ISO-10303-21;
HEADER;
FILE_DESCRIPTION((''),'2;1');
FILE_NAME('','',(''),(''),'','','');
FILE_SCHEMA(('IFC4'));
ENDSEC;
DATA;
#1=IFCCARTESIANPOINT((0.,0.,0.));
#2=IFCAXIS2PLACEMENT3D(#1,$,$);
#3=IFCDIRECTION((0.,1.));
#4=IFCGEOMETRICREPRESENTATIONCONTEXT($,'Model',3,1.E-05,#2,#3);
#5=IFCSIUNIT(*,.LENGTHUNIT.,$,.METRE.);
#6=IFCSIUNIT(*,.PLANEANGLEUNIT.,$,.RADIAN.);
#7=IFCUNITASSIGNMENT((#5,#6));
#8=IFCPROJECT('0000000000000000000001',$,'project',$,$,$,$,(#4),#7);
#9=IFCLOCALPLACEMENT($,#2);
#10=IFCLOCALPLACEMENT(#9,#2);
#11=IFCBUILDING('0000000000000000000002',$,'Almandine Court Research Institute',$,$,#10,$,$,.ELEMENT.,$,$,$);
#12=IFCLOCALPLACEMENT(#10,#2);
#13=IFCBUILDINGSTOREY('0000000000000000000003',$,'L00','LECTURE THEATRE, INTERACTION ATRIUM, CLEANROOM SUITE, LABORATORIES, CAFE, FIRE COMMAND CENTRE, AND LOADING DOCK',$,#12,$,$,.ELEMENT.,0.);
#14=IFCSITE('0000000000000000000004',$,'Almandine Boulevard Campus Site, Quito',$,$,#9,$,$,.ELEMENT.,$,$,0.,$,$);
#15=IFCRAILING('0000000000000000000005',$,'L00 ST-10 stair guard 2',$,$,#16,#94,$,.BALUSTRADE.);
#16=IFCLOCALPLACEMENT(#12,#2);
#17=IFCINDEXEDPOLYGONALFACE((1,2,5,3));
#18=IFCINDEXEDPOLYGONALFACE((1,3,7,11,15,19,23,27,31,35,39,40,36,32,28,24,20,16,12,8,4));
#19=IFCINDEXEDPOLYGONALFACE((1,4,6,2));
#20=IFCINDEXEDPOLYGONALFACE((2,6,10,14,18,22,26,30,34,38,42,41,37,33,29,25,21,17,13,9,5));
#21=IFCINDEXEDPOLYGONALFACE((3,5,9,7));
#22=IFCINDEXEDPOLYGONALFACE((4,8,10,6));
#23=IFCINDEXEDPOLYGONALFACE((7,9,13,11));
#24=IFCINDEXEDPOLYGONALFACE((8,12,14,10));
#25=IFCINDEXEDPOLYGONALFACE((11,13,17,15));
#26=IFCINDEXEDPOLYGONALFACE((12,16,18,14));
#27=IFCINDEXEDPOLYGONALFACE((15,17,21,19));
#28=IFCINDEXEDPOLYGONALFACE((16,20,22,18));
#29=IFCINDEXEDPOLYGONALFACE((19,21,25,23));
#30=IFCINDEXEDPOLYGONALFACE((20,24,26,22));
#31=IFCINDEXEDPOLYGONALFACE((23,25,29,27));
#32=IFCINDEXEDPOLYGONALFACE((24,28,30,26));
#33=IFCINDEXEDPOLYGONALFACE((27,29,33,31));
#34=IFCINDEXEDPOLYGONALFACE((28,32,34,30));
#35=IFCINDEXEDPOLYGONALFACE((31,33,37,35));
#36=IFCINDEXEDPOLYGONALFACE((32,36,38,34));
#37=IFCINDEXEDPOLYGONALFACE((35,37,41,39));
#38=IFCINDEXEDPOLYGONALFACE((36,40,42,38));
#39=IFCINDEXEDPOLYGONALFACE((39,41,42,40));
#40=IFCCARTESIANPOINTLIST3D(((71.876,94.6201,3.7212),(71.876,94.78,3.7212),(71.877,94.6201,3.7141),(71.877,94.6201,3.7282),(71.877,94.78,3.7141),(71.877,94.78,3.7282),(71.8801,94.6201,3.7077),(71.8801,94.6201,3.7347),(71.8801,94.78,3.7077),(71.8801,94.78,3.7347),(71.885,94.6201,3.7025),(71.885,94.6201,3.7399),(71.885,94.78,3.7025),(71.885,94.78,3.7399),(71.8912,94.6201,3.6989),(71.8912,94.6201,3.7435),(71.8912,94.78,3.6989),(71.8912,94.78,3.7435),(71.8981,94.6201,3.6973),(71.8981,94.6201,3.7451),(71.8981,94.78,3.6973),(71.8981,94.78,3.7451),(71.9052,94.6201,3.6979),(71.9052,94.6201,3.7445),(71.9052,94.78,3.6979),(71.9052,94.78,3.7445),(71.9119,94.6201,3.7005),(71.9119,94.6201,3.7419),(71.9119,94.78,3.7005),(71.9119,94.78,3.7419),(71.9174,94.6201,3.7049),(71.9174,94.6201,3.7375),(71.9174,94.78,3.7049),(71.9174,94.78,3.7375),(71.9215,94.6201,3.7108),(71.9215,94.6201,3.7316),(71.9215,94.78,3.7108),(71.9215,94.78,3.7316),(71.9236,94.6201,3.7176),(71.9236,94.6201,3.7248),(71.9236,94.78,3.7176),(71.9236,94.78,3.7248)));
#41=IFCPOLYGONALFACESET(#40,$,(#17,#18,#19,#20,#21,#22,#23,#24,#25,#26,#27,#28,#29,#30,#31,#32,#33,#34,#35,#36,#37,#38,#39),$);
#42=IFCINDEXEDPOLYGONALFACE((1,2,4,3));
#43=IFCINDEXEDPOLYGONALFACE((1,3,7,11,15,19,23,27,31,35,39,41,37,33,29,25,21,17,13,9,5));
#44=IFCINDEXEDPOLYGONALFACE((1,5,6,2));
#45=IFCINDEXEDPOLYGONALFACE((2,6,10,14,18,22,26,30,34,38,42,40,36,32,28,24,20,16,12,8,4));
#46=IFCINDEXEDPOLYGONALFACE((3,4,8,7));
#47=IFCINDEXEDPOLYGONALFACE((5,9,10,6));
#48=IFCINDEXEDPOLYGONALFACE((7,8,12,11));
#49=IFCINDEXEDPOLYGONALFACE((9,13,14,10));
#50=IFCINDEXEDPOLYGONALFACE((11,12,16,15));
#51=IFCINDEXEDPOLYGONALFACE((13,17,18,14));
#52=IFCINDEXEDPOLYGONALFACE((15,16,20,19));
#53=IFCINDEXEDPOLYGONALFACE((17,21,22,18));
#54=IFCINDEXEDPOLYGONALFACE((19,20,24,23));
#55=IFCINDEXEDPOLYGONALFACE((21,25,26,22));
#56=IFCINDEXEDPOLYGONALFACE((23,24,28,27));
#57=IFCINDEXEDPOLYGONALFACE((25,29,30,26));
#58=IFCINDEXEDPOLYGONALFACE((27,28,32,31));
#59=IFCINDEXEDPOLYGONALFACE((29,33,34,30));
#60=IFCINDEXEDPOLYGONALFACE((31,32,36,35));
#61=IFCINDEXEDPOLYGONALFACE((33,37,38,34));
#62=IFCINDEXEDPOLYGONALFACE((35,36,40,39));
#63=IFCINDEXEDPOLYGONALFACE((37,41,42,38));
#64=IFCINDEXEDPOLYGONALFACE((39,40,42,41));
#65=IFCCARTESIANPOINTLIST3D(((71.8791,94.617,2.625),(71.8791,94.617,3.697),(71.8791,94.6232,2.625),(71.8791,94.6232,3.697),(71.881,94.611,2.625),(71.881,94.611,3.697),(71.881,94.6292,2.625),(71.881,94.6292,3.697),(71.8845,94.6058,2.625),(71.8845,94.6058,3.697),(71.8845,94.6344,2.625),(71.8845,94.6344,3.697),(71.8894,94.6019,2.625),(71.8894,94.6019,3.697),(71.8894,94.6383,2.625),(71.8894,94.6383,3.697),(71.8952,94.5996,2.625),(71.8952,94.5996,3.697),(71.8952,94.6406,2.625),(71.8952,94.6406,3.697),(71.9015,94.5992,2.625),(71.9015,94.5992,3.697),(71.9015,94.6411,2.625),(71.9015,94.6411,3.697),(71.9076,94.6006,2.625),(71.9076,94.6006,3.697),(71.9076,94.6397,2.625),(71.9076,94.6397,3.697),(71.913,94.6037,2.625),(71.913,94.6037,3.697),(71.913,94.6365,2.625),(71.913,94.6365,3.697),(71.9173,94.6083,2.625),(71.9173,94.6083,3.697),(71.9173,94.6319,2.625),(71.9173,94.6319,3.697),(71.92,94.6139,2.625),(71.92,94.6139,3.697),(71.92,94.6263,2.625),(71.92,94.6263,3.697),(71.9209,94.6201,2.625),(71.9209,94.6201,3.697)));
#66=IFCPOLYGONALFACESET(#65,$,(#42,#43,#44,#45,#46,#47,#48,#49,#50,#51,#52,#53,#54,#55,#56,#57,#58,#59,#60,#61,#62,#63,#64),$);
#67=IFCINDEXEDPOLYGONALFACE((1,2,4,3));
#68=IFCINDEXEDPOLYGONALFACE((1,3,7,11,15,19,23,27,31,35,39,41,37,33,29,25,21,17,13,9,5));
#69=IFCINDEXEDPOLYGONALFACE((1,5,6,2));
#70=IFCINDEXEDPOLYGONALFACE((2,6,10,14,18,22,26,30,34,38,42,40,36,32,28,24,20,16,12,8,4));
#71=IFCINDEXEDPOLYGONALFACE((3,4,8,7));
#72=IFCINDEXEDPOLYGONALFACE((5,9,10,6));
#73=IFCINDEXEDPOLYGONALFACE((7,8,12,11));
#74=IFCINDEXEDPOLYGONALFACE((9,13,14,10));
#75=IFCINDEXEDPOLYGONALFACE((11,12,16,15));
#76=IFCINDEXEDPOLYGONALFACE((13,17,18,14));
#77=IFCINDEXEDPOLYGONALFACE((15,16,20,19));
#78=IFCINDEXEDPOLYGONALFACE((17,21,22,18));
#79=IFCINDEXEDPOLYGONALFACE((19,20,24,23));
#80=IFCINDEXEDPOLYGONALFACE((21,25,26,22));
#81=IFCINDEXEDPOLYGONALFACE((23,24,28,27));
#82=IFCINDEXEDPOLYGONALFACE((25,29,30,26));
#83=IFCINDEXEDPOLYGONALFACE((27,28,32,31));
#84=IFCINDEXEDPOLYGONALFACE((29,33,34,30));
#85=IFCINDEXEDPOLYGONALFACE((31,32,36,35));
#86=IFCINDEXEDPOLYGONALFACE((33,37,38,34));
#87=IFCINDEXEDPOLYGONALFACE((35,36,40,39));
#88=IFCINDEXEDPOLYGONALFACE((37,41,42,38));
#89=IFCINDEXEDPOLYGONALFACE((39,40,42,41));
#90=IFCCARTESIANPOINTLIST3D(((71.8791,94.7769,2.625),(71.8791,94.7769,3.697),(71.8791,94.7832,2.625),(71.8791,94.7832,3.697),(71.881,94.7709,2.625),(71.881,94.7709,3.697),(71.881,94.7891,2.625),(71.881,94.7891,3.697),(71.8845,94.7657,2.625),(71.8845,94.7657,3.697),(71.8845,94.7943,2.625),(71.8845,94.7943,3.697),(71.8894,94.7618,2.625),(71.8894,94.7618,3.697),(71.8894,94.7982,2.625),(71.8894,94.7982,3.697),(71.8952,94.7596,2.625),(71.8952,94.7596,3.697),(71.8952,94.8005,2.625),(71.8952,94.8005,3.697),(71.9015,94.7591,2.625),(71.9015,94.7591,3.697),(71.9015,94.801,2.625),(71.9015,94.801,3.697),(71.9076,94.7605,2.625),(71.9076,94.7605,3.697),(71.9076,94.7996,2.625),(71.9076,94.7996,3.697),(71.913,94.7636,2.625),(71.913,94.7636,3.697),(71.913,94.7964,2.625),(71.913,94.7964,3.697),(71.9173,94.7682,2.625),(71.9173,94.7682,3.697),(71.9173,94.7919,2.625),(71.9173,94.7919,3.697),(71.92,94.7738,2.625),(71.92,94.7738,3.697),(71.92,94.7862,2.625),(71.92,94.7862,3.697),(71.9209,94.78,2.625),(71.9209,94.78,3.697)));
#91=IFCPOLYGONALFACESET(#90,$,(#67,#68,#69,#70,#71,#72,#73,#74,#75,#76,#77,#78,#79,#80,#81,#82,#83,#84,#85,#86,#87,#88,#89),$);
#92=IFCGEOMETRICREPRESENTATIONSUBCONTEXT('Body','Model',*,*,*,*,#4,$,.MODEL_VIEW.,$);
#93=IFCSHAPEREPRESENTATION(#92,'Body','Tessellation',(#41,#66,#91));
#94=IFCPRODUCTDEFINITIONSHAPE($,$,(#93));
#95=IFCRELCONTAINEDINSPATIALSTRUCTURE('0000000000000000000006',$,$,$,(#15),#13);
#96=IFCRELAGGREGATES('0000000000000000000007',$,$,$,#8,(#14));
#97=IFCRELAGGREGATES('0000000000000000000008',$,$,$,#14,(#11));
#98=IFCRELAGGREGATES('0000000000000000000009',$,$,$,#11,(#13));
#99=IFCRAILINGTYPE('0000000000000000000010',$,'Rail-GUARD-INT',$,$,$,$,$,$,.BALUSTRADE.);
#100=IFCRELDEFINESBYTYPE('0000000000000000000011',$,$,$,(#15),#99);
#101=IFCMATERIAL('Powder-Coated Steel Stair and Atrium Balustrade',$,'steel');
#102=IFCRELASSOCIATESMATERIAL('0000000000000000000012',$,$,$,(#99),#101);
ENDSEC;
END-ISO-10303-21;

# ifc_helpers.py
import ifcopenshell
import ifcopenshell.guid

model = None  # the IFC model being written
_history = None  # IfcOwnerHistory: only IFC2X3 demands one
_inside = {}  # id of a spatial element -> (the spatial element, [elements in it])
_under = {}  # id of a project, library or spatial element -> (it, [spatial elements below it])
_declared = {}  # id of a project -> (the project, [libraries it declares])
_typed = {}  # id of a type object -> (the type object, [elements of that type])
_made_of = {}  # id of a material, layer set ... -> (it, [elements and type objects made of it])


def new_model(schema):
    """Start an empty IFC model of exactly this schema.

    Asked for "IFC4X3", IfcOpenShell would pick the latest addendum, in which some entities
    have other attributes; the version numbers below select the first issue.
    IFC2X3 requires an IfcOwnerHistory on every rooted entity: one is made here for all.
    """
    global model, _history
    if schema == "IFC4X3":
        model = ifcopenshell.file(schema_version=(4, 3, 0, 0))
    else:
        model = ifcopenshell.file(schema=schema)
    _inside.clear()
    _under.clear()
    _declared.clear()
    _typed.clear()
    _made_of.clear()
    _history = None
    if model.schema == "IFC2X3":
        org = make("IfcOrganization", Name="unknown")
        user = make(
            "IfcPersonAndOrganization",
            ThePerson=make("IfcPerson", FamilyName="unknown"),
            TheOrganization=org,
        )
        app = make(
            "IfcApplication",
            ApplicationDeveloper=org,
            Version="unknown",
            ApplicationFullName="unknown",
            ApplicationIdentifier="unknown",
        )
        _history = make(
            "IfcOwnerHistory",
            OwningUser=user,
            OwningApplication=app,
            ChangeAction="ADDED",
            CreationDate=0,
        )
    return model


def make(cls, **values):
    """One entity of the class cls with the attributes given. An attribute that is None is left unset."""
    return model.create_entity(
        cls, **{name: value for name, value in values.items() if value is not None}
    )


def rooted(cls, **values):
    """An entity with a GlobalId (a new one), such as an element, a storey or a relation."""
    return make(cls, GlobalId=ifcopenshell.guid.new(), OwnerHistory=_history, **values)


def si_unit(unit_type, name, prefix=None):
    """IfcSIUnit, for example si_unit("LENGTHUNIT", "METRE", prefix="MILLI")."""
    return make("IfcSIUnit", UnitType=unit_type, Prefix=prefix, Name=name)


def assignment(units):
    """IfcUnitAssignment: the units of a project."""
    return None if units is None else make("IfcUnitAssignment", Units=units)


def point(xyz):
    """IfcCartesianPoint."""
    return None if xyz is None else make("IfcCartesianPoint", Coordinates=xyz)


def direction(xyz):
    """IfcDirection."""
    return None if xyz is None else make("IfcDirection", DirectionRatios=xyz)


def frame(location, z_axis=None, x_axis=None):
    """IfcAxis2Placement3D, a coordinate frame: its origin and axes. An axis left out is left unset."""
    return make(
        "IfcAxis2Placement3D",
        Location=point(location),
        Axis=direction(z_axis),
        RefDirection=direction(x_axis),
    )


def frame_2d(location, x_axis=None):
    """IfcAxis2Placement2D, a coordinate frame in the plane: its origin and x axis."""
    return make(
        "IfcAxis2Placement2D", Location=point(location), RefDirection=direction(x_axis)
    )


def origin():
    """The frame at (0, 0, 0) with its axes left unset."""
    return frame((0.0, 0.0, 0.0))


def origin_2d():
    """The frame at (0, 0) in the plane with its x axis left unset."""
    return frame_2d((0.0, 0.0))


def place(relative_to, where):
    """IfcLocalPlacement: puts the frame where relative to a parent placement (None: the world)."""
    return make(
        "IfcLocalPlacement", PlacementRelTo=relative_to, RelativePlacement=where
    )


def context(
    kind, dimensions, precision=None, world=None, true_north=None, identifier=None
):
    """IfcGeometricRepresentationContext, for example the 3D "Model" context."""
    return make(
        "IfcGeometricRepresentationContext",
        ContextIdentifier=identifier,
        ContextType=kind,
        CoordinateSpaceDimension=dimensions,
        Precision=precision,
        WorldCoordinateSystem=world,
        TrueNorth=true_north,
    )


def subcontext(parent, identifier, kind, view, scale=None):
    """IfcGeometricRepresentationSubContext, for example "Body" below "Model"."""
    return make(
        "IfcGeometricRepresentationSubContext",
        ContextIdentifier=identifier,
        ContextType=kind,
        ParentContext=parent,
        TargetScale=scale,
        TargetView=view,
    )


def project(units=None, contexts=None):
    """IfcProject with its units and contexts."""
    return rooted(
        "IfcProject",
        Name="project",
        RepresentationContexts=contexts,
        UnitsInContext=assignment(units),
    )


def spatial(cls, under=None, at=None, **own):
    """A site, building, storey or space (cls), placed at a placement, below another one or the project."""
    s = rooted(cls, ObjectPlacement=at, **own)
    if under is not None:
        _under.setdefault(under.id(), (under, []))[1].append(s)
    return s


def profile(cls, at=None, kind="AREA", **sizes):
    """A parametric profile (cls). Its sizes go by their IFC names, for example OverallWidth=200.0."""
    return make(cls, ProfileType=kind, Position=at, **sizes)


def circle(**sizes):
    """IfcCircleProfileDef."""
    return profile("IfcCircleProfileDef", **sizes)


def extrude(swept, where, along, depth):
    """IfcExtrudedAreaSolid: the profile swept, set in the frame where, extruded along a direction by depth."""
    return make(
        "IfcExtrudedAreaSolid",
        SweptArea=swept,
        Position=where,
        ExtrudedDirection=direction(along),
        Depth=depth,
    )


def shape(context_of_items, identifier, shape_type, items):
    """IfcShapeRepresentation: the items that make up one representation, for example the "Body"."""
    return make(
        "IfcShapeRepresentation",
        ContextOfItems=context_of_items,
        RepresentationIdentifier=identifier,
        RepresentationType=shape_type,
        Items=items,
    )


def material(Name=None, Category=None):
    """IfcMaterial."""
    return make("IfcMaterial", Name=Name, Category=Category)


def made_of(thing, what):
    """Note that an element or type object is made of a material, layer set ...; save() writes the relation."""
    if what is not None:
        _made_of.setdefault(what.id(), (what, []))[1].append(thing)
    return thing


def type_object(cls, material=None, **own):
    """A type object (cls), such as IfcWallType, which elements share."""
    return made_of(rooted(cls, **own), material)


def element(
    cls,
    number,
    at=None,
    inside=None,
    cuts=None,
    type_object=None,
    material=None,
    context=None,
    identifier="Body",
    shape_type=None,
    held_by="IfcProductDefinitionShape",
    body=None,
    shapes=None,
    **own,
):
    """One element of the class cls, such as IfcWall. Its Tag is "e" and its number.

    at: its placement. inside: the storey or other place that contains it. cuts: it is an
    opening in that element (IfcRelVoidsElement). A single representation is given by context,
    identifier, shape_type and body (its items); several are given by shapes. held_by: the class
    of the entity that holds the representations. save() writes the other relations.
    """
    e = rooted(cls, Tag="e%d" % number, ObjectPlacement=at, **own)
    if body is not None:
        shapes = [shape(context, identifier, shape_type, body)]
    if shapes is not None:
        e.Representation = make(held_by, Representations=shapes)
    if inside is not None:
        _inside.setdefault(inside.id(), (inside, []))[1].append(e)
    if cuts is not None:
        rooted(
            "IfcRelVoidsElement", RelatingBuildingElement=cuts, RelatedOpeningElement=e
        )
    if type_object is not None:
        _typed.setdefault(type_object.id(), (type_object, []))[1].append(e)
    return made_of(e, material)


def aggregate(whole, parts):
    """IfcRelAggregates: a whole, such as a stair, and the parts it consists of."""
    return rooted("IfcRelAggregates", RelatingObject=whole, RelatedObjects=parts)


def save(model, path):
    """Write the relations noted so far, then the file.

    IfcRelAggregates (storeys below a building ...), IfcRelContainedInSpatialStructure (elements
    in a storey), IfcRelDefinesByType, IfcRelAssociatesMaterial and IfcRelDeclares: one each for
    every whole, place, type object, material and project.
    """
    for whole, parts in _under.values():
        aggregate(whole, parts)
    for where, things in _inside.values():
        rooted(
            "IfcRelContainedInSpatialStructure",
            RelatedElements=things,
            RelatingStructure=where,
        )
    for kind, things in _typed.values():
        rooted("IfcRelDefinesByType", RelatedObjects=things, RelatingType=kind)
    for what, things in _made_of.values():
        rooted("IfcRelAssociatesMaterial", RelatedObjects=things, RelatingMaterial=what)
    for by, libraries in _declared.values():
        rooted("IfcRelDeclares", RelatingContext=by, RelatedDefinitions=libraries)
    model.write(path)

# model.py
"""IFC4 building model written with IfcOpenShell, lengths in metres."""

from ifc_helpers import new_model, si_unit, direction, frame, origin, origin_2d, place, context, subcontext, project, spatial, circle, extrude, material, type_object, element, save


model = new_model("IFC4")

# Units and contexts
model_context = context("Model", 3, precision=1e-05, world=origin(), true_north=direction((0.0, 1.0)))
body_context = subcontext(model_context, "Body", "Model", "MODEL_VIEW")
ifc_project = project(units=[si_unit("LENGTHUNIT", "METRE"), si_unit("PLANEANGLEUNIT", "RADIAN")], contexts=[model_context])

# Site, building, storey
site_placement = place(None, origin())
site = spatial("IfcSite", under=ifc_project, at=site_placement, Name="Almandine Boulevard Campus Site, Quito", CompositionType="ELEMENT", RefElevation=0.0)
building_placement = place(site_placement, origin())
building = spatial("IfcBuilding", under=site, at=building_placement, Name="Almandine Court Research Institute", CompositionType="ELEMENT")
storey_placement = place(building_placement, origin())
storey = spatial("IfcBuildingStorey", under=building, at=storey_placement, Name="L00", Description="LECTURE THEATRE, INTERACTION ATRIUM, CLEANROOM SUITE, LABORATORIES, CAFE, FIRE COMMAND CENTRE, AND LOADING DOCK", CompositionType="ELEMENT", Elevation=0.0)

# Railing
ifc_material_1 = material(Name="Powder-Coated Steel Stair and Atrium Balustrade", Category="steel")
railing_type_1 = type_object("IfcRailingType", Name="Rail-GUARD-INT", PredefinedType="BALUSTRADE", material=ifc_material_1)
railing_1_placement = place(storey_placement, frame((71.8999, 94.6201, 2.625)))
element("IfcRailing", 1, at=railing_1_placement, inside=storey, type_object=railing_type_1, Name="L00 ST-10 stair guard 2", PredefinedType="BALUSTRADE", context=body_context, shape_type="SweptSolid", body=[
    extrude(circle(Radius=0.0239, at=origin_2d()), frame((0.0, 0.0, 1.0962), z_axis=(0.0, 1.0, 0.0), x_axis=(-1.0, 0.0, 0.0)), (0.0, 0.0, 1.0), 0.1599),
    extrude(circle(Radius=0.021, at=origin_2d()), origin(), (0.0, 0.0, 1.0), 1.072),
    extrude(circle(Radius=0.021, at=origin_2d()), frame((0.0, 0.1599, 0.0)), (0.0, 0.0, 1.0), 1.072),
])

save(model, "model.ifc")
